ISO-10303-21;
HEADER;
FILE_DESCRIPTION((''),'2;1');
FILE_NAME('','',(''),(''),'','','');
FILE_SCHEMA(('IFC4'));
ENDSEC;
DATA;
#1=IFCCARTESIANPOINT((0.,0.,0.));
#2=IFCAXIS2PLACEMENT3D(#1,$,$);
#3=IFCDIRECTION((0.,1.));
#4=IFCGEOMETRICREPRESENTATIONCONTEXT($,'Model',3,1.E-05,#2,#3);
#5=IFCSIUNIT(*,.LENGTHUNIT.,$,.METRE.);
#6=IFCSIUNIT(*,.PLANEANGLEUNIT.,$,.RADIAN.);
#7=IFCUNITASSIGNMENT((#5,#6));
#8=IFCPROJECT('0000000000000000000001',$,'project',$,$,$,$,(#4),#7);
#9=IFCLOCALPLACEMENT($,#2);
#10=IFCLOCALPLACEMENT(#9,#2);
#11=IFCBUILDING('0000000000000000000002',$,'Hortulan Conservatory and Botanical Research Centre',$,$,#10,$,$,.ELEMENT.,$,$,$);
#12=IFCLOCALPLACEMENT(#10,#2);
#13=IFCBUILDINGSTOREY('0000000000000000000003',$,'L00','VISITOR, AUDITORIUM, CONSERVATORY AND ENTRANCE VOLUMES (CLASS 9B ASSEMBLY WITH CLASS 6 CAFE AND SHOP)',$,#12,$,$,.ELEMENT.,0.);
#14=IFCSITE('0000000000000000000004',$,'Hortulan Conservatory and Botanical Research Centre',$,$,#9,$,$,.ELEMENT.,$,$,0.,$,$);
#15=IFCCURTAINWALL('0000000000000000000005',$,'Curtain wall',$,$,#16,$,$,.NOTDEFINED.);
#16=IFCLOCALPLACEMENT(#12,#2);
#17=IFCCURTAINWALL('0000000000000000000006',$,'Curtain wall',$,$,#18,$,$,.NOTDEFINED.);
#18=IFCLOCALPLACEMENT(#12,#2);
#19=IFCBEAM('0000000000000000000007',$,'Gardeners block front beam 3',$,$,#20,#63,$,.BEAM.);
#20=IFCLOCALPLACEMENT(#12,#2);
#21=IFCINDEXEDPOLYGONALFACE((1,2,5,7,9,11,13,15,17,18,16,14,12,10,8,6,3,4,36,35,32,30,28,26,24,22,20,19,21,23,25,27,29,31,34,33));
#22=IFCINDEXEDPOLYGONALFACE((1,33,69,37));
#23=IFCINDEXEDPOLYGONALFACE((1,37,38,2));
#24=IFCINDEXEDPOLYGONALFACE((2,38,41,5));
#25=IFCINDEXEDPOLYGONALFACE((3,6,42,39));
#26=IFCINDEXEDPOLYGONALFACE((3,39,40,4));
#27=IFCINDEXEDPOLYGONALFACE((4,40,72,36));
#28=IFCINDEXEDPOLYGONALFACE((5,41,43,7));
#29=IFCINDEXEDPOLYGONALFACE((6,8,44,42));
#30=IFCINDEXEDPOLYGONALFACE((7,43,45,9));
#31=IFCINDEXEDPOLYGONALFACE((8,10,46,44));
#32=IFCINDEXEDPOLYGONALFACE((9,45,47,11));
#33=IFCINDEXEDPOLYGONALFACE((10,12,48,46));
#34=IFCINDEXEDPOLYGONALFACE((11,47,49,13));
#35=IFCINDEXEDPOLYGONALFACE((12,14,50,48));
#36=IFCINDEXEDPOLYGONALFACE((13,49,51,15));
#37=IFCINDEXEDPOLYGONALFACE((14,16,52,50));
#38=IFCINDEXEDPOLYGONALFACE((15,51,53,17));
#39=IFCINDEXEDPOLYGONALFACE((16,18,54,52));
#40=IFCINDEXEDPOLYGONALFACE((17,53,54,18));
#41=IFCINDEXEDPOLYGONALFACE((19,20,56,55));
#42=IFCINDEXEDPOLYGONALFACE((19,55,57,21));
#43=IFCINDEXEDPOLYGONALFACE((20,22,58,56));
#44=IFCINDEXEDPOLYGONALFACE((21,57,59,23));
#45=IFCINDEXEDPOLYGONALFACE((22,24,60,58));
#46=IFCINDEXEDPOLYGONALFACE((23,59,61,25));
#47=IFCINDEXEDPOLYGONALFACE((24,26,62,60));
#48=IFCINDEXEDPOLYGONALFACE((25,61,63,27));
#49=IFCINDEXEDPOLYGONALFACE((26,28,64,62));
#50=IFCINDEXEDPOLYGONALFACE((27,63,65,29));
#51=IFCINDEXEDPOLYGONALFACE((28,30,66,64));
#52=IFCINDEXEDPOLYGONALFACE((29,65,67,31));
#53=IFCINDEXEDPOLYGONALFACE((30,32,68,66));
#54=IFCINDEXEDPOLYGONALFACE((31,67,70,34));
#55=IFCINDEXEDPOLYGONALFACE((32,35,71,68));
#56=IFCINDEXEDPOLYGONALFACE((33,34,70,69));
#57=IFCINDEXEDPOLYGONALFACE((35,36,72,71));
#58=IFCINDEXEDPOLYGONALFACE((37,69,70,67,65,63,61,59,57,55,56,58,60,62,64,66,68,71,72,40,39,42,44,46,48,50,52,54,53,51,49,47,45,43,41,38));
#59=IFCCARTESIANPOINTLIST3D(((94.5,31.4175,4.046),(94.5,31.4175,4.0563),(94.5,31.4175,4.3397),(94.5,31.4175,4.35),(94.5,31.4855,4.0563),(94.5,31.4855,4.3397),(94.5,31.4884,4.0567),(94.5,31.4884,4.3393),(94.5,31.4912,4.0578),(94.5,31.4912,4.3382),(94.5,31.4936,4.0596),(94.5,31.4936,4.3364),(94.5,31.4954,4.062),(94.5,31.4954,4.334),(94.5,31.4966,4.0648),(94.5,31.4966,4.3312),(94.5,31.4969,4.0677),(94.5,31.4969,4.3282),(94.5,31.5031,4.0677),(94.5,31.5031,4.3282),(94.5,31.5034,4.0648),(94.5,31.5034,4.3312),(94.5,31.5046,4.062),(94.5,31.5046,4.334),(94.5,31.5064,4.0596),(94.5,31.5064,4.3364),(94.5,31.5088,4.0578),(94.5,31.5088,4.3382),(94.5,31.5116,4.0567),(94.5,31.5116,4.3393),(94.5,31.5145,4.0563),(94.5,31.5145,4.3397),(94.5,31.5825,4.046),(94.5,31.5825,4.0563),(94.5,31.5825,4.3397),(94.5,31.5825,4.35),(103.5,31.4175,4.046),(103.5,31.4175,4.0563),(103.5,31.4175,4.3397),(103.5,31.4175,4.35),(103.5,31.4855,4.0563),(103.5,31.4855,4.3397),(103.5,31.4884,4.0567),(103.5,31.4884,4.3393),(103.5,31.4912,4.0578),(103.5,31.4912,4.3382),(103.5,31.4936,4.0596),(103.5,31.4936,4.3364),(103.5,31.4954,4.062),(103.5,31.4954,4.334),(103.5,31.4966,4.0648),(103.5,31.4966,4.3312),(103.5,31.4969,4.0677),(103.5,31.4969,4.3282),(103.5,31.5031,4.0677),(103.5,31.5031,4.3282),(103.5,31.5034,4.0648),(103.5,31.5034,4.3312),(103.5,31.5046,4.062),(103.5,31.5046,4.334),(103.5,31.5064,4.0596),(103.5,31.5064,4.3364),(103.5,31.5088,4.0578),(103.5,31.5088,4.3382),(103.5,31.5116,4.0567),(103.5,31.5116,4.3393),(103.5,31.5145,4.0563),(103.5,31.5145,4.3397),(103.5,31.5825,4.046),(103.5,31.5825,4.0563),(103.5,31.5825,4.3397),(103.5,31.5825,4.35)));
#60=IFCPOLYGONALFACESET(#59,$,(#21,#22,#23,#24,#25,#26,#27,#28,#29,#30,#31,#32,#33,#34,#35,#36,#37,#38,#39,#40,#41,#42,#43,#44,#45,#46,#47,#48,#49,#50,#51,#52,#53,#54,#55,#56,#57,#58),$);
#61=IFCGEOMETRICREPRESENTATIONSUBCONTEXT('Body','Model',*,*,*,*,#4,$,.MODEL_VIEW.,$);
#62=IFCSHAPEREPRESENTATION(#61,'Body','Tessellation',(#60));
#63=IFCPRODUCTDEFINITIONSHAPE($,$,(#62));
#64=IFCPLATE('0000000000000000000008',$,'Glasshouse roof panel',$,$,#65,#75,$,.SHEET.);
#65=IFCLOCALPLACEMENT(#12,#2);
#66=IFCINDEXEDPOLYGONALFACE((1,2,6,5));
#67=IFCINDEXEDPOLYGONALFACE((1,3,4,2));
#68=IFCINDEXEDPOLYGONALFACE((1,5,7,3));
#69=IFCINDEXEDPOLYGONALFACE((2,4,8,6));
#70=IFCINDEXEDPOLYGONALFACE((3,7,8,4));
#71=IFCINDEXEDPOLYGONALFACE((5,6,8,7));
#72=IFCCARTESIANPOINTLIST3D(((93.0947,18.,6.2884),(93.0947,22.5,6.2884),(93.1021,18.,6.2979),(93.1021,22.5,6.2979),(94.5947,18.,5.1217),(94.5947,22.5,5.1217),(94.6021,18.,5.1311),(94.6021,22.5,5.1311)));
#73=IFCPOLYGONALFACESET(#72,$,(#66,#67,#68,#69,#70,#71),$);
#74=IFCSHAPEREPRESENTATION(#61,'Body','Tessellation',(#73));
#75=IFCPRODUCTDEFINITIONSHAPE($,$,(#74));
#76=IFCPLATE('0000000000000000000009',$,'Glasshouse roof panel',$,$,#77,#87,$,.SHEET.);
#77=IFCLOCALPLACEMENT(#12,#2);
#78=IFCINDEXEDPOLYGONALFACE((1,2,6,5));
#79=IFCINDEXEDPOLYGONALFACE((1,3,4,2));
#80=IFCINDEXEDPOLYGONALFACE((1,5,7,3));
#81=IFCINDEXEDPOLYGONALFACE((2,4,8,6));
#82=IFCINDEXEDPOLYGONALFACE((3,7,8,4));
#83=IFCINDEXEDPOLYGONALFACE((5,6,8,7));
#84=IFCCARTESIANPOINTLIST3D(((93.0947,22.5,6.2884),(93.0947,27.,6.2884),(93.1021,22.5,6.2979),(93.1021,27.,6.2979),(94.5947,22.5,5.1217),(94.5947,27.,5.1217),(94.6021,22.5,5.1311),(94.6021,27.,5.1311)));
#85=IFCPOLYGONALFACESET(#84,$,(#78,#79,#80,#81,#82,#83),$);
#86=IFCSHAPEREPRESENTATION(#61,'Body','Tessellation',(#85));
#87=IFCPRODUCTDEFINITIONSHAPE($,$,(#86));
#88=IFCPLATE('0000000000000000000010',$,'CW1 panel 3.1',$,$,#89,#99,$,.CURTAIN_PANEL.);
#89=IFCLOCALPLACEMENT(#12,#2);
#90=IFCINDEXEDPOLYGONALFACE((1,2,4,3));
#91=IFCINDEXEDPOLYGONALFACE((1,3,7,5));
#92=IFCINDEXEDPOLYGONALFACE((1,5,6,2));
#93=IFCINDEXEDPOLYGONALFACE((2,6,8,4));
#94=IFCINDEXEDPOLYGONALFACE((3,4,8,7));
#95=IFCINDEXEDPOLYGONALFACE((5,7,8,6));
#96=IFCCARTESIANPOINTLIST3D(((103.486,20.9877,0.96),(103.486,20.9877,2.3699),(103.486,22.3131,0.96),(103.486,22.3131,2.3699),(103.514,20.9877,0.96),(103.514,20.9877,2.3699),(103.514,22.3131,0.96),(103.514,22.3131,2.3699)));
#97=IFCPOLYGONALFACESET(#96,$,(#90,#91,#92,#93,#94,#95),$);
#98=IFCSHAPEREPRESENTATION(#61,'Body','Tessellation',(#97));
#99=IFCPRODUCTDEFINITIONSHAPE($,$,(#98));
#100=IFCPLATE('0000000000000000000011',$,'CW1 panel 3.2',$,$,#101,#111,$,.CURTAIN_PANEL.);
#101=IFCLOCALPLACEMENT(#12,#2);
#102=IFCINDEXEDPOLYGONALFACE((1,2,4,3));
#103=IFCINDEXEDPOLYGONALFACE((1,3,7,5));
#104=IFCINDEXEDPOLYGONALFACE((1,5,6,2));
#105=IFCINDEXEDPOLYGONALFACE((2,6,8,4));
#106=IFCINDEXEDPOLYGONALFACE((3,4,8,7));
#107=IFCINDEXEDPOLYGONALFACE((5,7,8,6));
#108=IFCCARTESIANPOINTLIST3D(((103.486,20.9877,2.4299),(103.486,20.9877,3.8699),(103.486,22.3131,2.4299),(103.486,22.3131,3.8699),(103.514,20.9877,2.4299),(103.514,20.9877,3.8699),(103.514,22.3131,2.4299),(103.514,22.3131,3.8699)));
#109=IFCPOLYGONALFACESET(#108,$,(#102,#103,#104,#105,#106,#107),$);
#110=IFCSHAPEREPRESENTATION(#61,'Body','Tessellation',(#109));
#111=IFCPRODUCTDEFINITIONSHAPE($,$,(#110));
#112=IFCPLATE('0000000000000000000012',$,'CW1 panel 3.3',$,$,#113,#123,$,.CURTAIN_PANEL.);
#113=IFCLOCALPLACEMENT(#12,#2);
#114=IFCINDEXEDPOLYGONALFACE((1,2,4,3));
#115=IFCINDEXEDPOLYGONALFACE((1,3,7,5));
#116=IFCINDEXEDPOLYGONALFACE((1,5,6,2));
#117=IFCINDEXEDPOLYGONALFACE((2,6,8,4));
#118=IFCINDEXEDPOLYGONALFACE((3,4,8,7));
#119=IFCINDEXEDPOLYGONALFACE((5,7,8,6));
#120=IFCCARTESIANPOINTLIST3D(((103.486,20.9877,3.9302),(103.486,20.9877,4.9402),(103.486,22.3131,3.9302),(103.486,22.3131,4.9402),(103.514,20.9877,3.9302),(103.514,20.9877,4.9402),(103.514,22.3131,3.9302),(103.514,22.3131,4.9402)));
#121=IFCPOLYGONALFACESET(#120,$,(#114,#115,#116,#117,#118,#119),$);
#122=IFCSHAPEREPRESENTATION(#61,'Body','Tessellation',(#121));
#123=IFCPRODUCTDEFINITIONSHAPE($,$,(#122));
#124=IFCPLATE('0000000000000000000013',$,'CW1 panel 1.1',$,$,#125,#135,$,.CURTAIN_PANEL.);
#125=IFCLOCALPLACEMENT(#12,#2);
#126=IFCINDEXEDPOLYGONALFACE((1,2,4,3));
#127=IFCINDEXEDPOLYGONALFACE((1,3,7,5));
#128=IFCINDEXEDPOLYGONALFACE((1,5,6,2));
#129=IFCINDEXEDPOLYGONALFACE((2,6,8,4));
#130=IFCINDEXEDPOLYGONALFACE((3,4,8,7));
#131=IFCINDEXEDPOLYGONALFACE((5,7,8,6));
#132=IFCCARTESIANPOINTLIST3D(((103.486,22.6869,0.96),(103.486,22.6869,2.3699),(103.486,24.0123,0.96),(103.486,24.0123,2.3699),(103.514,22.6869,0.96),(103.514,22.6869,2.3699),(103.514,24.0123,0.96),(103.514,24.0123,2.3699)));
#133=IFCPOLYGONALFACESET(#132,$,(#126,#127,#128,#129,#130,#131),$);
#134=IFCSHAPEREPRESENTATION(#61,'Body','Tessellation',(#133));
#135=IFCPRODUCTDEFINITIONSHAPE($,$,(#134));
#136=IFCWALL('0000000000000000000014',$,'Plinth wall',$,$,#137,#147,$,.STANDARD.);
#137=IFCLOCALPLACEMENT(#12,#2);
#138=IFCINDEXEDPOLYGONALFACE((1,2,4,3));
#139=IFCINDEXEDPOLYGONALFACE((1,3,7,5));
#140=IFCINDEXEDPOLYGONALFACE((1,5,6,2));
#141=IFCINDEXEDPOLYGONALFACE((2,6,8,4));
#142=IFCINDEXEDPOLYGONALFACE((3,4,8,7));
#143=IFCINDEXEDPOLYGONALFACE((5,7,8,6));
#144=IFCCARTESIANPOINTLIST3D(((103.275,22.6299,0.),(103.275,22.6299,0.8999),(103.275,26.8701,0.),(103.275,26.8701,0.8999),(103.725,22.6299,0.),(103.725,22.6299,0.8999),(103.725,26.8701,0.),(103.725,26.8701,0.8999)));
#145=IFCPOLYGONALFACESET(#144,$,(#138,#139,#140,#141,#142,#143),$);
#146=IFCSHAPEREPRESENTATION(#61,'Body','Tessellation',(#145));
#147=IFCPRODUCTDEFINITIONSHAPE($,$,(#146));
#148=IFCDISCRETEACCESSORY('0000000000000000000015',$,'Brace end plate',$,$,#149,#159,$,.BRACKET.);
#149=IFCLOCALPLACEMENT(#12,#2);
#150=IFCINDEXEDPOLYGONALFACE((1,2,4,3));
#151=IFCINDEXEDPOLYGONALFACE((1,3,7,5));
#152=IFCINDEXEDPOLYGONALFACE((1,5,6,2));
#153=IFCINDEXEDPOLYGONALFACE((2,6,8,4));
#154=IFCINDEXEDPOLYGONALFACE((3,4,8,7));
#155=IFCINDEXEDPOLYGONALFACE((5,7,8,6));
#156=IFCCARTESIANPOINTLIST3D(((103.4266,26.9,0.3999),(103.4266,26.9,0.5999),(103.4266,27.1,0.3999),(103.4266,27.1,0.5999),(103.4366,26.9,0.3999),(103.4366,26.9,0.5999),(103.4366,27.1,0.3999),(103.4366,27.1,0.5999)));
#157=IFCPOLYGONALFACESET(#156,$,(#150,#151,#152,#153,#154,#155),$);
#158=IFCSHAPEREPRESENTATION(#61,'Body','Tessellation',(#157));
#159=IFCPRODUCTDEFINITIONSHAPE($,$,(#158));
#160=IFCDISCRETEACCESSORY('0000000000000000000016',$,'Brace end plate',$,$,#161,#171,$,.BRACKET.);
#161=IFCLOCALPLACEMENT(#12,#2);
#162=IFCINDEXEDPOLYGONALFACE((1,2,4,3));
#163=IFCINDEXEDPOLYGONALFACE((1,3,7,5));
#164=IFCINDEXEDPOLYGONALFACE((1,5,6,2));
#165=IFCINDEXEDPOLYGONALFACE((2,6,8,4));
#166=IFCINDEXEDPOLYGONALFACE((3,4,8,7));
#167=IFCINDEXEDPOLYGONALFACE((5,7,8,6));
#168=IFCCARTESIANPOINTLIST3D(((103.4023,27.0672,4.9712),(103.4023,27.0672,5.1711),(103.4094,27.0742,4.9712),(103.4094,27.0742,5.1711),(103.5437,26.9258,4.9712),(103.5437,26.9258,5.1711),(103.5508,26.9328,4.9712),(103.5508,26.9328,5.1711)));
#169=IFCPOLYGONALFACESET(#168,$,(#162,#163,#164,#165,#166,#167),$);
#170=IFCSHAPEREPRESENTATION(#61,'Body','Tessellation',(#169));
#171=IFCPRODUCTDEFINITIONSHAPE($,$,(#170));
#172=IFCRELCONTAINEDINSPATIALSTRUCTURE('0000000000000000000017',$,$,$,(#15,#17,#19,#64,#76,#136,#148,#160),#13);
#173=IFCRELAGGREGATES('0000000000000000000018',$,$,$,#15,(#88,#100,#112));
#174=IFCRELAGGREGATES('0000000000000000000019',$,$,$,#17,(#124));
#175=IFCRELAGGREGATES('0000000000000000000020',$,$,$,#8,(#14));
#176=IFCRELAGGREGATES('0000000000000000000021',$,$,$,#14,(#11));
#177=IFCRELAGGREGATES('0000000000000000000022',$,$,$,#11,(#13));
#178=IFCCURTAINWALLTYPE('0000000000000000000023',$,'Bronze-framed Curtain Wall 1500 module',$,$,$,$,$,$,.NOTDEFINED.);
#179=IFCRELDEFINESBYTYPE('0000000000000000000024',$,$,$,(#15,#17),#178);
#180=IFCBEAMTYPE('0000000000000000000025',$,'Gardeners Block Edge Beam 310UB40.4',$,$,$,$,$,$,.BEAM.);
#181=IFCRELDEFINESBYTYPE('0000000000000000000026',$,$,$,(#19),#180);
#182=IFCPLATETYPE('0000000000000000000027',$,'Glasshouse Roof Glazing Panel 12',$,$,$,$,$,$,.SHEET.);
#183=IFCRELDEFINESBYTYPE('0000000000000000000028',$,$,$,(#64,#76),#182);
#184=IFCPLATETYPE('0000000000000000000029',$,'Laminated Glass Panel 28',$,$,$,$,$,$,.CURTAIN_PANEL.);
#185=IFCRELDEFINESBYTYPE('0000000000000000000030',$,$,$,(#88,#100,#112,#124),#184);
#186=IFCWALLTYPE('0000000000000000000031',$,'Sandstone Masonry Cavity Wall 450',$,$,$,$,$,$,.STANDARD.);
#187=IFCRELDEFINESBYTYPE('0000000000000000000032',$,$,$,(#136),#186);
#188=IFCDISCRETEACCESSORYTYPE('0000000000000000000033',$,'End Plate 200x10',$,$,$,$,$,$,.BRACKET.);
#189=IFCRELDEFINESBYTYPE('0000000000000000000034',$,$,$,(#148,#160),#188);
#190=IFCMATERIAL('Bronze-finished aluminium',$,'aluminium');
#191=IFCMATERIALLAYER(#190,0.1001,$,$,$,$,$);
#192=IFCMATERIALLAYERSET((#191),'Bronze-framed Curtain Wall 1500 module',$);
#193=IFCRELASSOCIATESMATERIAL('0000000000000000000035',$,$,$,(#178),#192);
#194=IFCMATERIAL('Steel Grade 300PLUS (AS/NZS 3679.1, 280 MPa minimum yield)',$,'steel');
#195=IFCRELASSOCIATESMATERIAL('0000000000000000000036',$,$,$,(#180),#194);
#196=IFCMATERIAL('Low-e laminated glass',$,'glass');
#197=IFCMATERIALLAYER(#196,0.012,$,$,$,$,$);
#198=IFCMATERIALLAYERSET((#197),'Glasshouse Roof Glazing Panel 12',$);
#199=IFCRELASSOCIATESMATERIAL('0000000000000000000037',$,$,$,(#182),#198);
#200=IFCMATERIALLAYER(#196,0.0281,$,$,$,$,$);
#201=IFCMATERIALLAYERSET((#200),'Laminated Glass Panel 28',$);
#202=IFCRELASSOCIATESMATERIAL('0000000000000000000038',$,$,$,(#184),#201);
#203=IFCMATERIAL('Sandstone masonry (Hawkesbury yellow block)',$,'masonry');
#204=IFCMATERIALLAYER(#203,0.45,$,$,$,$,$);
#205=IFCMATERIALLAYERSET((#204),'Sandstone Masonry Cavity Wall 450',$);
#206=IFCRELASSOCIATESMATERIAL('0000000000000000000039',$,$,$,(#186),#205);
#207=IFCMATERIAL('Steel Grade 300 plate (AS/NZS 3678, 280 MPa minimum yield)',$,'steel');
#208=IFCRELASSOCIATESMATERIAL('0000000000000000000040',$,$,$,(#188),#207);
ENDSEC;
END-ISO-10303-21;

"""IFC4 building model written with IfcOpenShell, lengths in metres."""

from ifc_helpers import new_model, si_unit, direction, frame, frame_2d, origin, origin_2d, place, context, subcontext, project, spatial, polyline, rectangle, i_section, outline, extrude, material, layer, layer_set, material_profile, profile_set, type_object, element, aggregate, save


model = new_model("IFC4")

# Units and contexts
model_context = context("Model", 3, precision=1e-05, world=origin(), true_north=direction((0.0, 1.0)))
body_context = subcontext(model_context, "Body", "Model", "MODEL_VIEW")
ifc_project = project(units=[si_unit("LENGTHUNIT", "METRE"), si_unit("PLANEANGLEUNIT", "RADIAN")], contexts=[model_context])

# Site, building, storey
site_placement = place(None, origin())
site = spatial("IfcSite", under=ifc_project, at=site_placement, Name="Hortulan Conservatory and Botanical Research Centre", CompositionType="ELEMENT", RefElevation=0.0)
building_placement = place(site_placement, origin())
building = spatial("IfcBuilding", under=site, at=building_placement, Name="Hortulan Conservatory and Botanical Research Centre", CompositionType="ELEMENT")
storey_placement = place(building_placement, origin())
storey = spatial("IfcBuildingStorey", under=building, at=storey_placement, Name="L00", Description="VISITOR, AUDITORIUM, CONSERVATORY AND ENTRANCE VOLUMES (CLASS 9B ASSEMBLY WITH CLASS 6 CAFE AND SHOP)", CompositionType="ELEMENT", Elevation=0.0)

# Shared definitions
ifc_material_1 = material(Name="Steel Grade 300PLUS (AS/NZS 3679.1, 280 MPa minimum yield)", Category="steel")

# Curtain walls
ifc_material_2 = material(Name="Bronze-finished aluminium", Category="aluminium")
ifc_layer_1 = layer(ifc_material_2, 0.1001)
ifc_layer_set_1 = layer_set([ifc_layer_1], Name="Bronze-framed Curtain Wall 1500 module")
curtain_wall_type = type_object("IfcCurtainWallType", Name="Bronze-framed Curtain Wall 1500 module", PredefinedType="NOTDEFINED", material=ifc_layer_set_1)
curtain_wall_1_placement = place(storey_placement, origin())
curtain_wall_1 = element("IfcCurtainWall", 1, at=curtain_wall_1_placement, inside=storey, type_object=curtain_wall_type, Name="Curtain wall", PredefinedType="NOTDEFINED")
curtain_wall_2_placement = place(storey_placement, origin())
curtain_wall_2 = element("IfcCurtainWall", 2, at=curtain_wall_2_placement, inside=storey, type_object=curtain_wall_type, Name="Curtain wall", PredefinedType="NOTDEFINED")

# Beam
ifc_material_profile_1 = material_profile(ifc_material_1, i_section(OverallWidth=0.165, OverallDepth=0.304, WebThickness=0.0061, FlangeThickness=0.0103, FilletRadius=0.0115, at=origin_2d()), Name="310UB40.4")
ifc_profile_set_1 = profile_set([ifc_material_profile_1], Name="Steel Grade 300PLUS (AS/NZS 3679.1, 280 MPa minimum yield)")
beam_type_1 = type_object("IfcBeamType", Name="Gardeners Block Edge Beam 310UB40.4", PredefinedType="BEAM", material=ifc_profile_set_1)
beam_1_placement = place(storey_placement, frame((94.5, 31.5, 4.198), z_axis=(1.0, 0.0, 0.0), x_axis=(0.0, 1.0, 0.0)))
element("IfcBeam", 3, at=beam_1_placement, inside=storey, type_object=beam_type_1, Name="Gardeners block front beam 3", PredefinedType="BEAM", context=body_context, shape_type="SweptSolid", body=[
    extrude(i_section(OverallWidth=0.165, OverallDepth=0.304, WebThickness=0.0061, FlangeThickness=0.0103, FilletRadius=0.0115, at=origin_2d()), origin(), (0.0, 0.0, 1.0), 9.0),
])

# Plates
ifc_material_3 = material(Name="Low-e laminated glass", Category="glass")
ifc_layer_2 = layer(ifc_material_3, 0.012)
ifc_layer_set_2 = layer_set([ifc_layer_2], Name="Glasshouse Roof Glazing Panel 12")
plate_type_1 = type_object("IfcPlateType", Name="Glasshouse Roof Glazing Panel 12", PredefinedType="SHEET", material=ifc_layer_set_2)
for number, where, z_axis, x_axis, name in (
    (4, (94.6021, 22.5, 5.1311), (0.613967, 0.0, 0.789331), (-0.789331, 0.0, 0.613967), "Glasshouse roof panel"),
    (5, (94.6021, 27.0, 5.1311), (0.613967, 0.0, 0.789331), (-0.789331, 0.0, 0.613967), "Glasshouse roof panel"),
):
    element("IfcPlate", number, at=place(storey_placement, frame(where, z_axis=z_axis, x_axis=x_axis)), inside=storey, type_object=plate_type_1, Name=name, PredefinedType="SHEET", context=body_context, shape_type="SweptSolid", body=[
        extrude(outline(polyline([(0.0, 0.0), (1.9003, 0.0), (1.9003, 4.5), (0.0, 4.5), (0.0, 0.0)])), origin(), (0.0, 0.0, -1.0), 0.012),
    ])

# Plates
ifc_layer_3 = layer(ifc_material_3, 0.0281)
ifc_layer_set_3 = layer_set([ifc_layer_3], Name="Laminated Glass Panel 28")
plate_type_2 = type_object("IfcPlateType", Name="Laminated Glass Panel 28", PredefinedType="CURTAIN_PANEL", material=ifc_layer_set_3)
plate_1_placement = place(storey_placement, frame((103.5, 21.6504, 0.96), z_axis=(0.0, 0.0, 1.0), x_axis=(0.0, 1.0, 0.0)))
plate_1 = element("IfcPlate", 6, at=plate_1_placement, type_object=plate_type_2, Name="CW1 panel 3.1", PredefinedType="CURTAIN_PANEL", context=body_context, shape_type="SweptSolid", body=[
    extrude(rectangle(XDim=1.3254, YDim=0.0281, at=origin_2d()), origin(), (0.0, 0.0, 1.0), 1.4099),
])
plate_2_placement = place(storey_placement, frame((103.5, 21.6504, 2.4299), z_axis=(0.0, 0.0, 1.0), x_axis=(0.0, 1.0, 0.0)))
plate_2 = element("IfcPlate", 7, at=plate_2_placement, type_object=plate_type_2, Name="CW1 panel 3.2", PredefinedType="CURTAIN_PANEL", context=body_context, shape_type="SweptSolid", body=[
    extrude(rectangle(XDim=1.3254, YDim=0.0281, at=origin_2d()), origin(), (0.0, 0.0, 1.0), 1.4399),
])
plate_3_placement = place(storey_placement, frame((103.5, 21.6504, 3.9302), z_axis=(0.0, 0.0, 1.0), x_axis=(0.0, 1.0, 0.0)))
plate_3 = element("IfcPlate", 8, at=plate_3_placement, type_object=plate_type_2, Name="CW1 panel 3.3", PredefinedType="CURTAIN_PANEL", context=body_context, shape_type="SweptSolid", body=[
    extrude(rectangle(XDim=1.3254, YDim=0.0281, at=origin_2d()), origin(), (0.0, 0.0, 1.0), 1.01),
])
aggregate(curtain_wall_1, [plate_1, plate_2, plate_3])
plate_4_placement = place(storey_placement, frame((103.5, 23.3496, 0.96), z_axis=(0.0, 0.0, 1.0), x_axis=(0.0, 1.0, 0.0)))
plate_4 = element("IfcPlate", 9, at=plate_4_placement, type_object=plate_type_2, Name="CW1 panel 1.1", PredefinedType="CURTAIN_PANEL", context=body_context, shape_type="SweptSolid", body=[
    extrude(rectangle(XDim=1.3254, YDim=0.0281, at=origin_2d()), origin(), (0.0, 0.0, 1.0), 1.4099),
])
aggregate(curtain_wall_2, [plate_4])

# Wall
ifc_material_4 = material(Name="Sandstone masonry (Hawkesbury yellow block)", Category="masonry")
ifc_layer_4 = layer(ifc_material_4, 0.45)
ifc_layer_set_4 = layer_set([ifc_layer_4], Name="Sandstone Masonry Cavity Wall 450")
wall_type = type_object("IfcWallType", Name="Sandstone Masonry Cavity Wall 450", PredefinedType="STANDARD", material=ifc_layer_set_4)
wall_placement = place(storey_placement, frame((103.5, 22.6299, 0.0), z_axis=(0.0, 0.0, 1.0), x_axis=(0.0, 1.0, 0.0)))
element("IfcWall", 10, at=wall_placement, inside=storey, type_object=wall_type, Name="Plinth wall", PredefinedType="STANDARD", context=body_context, shape_type="SweptSolid", body=[
    extrude(rectangle(XDim=4.2402, YDim=0.45, at=frame_2d((2.1201, 0.0))), origin(), (0.0, 0.0, 1.0), 0.8999),
])

# Discrete accessories
ifc_material_5 = material(Name="Steel Grade 300 plate (AS/NZS 3678, 280 MPa minimum yield)", Category="steel")
discrete_accessory_type = type_object("IfcDiscreteAccessoryType", Name="End Plate 200x10", PredefinedType="BRACKET", material=ifc_material_5)
for number, where, z_axis, x_axis, name in (
    (11, (103.4316, 27.0, 0.3999), (0.0, 0.0, 1.0), (0.0, -1.0, 0.0), "Brace end plate"),
    (12, (103.4766, 27.0, 4.9712), (0.0, 0.0, 1.0), (0.707107, -0.707107, 0.0), "Brace end plate"),
):
    element("IfcDiscreteAccessory", number, at=place(storey_placement, frame(where, z_axis=z_axis, x_axis=x_axis)), inside=storey, type_object=discrete_accessory_type, Name=name, PredefinedType="BRACKET", context=body_context, shape_type="SweptSolid", body=[
        extrude(rectangle(XDim=0.2, YDim=0.01, at=origin_2d()), origin(), (0.0, 0.0, 1.0), 0.2),
    ])

save(model, "model.ifc")
